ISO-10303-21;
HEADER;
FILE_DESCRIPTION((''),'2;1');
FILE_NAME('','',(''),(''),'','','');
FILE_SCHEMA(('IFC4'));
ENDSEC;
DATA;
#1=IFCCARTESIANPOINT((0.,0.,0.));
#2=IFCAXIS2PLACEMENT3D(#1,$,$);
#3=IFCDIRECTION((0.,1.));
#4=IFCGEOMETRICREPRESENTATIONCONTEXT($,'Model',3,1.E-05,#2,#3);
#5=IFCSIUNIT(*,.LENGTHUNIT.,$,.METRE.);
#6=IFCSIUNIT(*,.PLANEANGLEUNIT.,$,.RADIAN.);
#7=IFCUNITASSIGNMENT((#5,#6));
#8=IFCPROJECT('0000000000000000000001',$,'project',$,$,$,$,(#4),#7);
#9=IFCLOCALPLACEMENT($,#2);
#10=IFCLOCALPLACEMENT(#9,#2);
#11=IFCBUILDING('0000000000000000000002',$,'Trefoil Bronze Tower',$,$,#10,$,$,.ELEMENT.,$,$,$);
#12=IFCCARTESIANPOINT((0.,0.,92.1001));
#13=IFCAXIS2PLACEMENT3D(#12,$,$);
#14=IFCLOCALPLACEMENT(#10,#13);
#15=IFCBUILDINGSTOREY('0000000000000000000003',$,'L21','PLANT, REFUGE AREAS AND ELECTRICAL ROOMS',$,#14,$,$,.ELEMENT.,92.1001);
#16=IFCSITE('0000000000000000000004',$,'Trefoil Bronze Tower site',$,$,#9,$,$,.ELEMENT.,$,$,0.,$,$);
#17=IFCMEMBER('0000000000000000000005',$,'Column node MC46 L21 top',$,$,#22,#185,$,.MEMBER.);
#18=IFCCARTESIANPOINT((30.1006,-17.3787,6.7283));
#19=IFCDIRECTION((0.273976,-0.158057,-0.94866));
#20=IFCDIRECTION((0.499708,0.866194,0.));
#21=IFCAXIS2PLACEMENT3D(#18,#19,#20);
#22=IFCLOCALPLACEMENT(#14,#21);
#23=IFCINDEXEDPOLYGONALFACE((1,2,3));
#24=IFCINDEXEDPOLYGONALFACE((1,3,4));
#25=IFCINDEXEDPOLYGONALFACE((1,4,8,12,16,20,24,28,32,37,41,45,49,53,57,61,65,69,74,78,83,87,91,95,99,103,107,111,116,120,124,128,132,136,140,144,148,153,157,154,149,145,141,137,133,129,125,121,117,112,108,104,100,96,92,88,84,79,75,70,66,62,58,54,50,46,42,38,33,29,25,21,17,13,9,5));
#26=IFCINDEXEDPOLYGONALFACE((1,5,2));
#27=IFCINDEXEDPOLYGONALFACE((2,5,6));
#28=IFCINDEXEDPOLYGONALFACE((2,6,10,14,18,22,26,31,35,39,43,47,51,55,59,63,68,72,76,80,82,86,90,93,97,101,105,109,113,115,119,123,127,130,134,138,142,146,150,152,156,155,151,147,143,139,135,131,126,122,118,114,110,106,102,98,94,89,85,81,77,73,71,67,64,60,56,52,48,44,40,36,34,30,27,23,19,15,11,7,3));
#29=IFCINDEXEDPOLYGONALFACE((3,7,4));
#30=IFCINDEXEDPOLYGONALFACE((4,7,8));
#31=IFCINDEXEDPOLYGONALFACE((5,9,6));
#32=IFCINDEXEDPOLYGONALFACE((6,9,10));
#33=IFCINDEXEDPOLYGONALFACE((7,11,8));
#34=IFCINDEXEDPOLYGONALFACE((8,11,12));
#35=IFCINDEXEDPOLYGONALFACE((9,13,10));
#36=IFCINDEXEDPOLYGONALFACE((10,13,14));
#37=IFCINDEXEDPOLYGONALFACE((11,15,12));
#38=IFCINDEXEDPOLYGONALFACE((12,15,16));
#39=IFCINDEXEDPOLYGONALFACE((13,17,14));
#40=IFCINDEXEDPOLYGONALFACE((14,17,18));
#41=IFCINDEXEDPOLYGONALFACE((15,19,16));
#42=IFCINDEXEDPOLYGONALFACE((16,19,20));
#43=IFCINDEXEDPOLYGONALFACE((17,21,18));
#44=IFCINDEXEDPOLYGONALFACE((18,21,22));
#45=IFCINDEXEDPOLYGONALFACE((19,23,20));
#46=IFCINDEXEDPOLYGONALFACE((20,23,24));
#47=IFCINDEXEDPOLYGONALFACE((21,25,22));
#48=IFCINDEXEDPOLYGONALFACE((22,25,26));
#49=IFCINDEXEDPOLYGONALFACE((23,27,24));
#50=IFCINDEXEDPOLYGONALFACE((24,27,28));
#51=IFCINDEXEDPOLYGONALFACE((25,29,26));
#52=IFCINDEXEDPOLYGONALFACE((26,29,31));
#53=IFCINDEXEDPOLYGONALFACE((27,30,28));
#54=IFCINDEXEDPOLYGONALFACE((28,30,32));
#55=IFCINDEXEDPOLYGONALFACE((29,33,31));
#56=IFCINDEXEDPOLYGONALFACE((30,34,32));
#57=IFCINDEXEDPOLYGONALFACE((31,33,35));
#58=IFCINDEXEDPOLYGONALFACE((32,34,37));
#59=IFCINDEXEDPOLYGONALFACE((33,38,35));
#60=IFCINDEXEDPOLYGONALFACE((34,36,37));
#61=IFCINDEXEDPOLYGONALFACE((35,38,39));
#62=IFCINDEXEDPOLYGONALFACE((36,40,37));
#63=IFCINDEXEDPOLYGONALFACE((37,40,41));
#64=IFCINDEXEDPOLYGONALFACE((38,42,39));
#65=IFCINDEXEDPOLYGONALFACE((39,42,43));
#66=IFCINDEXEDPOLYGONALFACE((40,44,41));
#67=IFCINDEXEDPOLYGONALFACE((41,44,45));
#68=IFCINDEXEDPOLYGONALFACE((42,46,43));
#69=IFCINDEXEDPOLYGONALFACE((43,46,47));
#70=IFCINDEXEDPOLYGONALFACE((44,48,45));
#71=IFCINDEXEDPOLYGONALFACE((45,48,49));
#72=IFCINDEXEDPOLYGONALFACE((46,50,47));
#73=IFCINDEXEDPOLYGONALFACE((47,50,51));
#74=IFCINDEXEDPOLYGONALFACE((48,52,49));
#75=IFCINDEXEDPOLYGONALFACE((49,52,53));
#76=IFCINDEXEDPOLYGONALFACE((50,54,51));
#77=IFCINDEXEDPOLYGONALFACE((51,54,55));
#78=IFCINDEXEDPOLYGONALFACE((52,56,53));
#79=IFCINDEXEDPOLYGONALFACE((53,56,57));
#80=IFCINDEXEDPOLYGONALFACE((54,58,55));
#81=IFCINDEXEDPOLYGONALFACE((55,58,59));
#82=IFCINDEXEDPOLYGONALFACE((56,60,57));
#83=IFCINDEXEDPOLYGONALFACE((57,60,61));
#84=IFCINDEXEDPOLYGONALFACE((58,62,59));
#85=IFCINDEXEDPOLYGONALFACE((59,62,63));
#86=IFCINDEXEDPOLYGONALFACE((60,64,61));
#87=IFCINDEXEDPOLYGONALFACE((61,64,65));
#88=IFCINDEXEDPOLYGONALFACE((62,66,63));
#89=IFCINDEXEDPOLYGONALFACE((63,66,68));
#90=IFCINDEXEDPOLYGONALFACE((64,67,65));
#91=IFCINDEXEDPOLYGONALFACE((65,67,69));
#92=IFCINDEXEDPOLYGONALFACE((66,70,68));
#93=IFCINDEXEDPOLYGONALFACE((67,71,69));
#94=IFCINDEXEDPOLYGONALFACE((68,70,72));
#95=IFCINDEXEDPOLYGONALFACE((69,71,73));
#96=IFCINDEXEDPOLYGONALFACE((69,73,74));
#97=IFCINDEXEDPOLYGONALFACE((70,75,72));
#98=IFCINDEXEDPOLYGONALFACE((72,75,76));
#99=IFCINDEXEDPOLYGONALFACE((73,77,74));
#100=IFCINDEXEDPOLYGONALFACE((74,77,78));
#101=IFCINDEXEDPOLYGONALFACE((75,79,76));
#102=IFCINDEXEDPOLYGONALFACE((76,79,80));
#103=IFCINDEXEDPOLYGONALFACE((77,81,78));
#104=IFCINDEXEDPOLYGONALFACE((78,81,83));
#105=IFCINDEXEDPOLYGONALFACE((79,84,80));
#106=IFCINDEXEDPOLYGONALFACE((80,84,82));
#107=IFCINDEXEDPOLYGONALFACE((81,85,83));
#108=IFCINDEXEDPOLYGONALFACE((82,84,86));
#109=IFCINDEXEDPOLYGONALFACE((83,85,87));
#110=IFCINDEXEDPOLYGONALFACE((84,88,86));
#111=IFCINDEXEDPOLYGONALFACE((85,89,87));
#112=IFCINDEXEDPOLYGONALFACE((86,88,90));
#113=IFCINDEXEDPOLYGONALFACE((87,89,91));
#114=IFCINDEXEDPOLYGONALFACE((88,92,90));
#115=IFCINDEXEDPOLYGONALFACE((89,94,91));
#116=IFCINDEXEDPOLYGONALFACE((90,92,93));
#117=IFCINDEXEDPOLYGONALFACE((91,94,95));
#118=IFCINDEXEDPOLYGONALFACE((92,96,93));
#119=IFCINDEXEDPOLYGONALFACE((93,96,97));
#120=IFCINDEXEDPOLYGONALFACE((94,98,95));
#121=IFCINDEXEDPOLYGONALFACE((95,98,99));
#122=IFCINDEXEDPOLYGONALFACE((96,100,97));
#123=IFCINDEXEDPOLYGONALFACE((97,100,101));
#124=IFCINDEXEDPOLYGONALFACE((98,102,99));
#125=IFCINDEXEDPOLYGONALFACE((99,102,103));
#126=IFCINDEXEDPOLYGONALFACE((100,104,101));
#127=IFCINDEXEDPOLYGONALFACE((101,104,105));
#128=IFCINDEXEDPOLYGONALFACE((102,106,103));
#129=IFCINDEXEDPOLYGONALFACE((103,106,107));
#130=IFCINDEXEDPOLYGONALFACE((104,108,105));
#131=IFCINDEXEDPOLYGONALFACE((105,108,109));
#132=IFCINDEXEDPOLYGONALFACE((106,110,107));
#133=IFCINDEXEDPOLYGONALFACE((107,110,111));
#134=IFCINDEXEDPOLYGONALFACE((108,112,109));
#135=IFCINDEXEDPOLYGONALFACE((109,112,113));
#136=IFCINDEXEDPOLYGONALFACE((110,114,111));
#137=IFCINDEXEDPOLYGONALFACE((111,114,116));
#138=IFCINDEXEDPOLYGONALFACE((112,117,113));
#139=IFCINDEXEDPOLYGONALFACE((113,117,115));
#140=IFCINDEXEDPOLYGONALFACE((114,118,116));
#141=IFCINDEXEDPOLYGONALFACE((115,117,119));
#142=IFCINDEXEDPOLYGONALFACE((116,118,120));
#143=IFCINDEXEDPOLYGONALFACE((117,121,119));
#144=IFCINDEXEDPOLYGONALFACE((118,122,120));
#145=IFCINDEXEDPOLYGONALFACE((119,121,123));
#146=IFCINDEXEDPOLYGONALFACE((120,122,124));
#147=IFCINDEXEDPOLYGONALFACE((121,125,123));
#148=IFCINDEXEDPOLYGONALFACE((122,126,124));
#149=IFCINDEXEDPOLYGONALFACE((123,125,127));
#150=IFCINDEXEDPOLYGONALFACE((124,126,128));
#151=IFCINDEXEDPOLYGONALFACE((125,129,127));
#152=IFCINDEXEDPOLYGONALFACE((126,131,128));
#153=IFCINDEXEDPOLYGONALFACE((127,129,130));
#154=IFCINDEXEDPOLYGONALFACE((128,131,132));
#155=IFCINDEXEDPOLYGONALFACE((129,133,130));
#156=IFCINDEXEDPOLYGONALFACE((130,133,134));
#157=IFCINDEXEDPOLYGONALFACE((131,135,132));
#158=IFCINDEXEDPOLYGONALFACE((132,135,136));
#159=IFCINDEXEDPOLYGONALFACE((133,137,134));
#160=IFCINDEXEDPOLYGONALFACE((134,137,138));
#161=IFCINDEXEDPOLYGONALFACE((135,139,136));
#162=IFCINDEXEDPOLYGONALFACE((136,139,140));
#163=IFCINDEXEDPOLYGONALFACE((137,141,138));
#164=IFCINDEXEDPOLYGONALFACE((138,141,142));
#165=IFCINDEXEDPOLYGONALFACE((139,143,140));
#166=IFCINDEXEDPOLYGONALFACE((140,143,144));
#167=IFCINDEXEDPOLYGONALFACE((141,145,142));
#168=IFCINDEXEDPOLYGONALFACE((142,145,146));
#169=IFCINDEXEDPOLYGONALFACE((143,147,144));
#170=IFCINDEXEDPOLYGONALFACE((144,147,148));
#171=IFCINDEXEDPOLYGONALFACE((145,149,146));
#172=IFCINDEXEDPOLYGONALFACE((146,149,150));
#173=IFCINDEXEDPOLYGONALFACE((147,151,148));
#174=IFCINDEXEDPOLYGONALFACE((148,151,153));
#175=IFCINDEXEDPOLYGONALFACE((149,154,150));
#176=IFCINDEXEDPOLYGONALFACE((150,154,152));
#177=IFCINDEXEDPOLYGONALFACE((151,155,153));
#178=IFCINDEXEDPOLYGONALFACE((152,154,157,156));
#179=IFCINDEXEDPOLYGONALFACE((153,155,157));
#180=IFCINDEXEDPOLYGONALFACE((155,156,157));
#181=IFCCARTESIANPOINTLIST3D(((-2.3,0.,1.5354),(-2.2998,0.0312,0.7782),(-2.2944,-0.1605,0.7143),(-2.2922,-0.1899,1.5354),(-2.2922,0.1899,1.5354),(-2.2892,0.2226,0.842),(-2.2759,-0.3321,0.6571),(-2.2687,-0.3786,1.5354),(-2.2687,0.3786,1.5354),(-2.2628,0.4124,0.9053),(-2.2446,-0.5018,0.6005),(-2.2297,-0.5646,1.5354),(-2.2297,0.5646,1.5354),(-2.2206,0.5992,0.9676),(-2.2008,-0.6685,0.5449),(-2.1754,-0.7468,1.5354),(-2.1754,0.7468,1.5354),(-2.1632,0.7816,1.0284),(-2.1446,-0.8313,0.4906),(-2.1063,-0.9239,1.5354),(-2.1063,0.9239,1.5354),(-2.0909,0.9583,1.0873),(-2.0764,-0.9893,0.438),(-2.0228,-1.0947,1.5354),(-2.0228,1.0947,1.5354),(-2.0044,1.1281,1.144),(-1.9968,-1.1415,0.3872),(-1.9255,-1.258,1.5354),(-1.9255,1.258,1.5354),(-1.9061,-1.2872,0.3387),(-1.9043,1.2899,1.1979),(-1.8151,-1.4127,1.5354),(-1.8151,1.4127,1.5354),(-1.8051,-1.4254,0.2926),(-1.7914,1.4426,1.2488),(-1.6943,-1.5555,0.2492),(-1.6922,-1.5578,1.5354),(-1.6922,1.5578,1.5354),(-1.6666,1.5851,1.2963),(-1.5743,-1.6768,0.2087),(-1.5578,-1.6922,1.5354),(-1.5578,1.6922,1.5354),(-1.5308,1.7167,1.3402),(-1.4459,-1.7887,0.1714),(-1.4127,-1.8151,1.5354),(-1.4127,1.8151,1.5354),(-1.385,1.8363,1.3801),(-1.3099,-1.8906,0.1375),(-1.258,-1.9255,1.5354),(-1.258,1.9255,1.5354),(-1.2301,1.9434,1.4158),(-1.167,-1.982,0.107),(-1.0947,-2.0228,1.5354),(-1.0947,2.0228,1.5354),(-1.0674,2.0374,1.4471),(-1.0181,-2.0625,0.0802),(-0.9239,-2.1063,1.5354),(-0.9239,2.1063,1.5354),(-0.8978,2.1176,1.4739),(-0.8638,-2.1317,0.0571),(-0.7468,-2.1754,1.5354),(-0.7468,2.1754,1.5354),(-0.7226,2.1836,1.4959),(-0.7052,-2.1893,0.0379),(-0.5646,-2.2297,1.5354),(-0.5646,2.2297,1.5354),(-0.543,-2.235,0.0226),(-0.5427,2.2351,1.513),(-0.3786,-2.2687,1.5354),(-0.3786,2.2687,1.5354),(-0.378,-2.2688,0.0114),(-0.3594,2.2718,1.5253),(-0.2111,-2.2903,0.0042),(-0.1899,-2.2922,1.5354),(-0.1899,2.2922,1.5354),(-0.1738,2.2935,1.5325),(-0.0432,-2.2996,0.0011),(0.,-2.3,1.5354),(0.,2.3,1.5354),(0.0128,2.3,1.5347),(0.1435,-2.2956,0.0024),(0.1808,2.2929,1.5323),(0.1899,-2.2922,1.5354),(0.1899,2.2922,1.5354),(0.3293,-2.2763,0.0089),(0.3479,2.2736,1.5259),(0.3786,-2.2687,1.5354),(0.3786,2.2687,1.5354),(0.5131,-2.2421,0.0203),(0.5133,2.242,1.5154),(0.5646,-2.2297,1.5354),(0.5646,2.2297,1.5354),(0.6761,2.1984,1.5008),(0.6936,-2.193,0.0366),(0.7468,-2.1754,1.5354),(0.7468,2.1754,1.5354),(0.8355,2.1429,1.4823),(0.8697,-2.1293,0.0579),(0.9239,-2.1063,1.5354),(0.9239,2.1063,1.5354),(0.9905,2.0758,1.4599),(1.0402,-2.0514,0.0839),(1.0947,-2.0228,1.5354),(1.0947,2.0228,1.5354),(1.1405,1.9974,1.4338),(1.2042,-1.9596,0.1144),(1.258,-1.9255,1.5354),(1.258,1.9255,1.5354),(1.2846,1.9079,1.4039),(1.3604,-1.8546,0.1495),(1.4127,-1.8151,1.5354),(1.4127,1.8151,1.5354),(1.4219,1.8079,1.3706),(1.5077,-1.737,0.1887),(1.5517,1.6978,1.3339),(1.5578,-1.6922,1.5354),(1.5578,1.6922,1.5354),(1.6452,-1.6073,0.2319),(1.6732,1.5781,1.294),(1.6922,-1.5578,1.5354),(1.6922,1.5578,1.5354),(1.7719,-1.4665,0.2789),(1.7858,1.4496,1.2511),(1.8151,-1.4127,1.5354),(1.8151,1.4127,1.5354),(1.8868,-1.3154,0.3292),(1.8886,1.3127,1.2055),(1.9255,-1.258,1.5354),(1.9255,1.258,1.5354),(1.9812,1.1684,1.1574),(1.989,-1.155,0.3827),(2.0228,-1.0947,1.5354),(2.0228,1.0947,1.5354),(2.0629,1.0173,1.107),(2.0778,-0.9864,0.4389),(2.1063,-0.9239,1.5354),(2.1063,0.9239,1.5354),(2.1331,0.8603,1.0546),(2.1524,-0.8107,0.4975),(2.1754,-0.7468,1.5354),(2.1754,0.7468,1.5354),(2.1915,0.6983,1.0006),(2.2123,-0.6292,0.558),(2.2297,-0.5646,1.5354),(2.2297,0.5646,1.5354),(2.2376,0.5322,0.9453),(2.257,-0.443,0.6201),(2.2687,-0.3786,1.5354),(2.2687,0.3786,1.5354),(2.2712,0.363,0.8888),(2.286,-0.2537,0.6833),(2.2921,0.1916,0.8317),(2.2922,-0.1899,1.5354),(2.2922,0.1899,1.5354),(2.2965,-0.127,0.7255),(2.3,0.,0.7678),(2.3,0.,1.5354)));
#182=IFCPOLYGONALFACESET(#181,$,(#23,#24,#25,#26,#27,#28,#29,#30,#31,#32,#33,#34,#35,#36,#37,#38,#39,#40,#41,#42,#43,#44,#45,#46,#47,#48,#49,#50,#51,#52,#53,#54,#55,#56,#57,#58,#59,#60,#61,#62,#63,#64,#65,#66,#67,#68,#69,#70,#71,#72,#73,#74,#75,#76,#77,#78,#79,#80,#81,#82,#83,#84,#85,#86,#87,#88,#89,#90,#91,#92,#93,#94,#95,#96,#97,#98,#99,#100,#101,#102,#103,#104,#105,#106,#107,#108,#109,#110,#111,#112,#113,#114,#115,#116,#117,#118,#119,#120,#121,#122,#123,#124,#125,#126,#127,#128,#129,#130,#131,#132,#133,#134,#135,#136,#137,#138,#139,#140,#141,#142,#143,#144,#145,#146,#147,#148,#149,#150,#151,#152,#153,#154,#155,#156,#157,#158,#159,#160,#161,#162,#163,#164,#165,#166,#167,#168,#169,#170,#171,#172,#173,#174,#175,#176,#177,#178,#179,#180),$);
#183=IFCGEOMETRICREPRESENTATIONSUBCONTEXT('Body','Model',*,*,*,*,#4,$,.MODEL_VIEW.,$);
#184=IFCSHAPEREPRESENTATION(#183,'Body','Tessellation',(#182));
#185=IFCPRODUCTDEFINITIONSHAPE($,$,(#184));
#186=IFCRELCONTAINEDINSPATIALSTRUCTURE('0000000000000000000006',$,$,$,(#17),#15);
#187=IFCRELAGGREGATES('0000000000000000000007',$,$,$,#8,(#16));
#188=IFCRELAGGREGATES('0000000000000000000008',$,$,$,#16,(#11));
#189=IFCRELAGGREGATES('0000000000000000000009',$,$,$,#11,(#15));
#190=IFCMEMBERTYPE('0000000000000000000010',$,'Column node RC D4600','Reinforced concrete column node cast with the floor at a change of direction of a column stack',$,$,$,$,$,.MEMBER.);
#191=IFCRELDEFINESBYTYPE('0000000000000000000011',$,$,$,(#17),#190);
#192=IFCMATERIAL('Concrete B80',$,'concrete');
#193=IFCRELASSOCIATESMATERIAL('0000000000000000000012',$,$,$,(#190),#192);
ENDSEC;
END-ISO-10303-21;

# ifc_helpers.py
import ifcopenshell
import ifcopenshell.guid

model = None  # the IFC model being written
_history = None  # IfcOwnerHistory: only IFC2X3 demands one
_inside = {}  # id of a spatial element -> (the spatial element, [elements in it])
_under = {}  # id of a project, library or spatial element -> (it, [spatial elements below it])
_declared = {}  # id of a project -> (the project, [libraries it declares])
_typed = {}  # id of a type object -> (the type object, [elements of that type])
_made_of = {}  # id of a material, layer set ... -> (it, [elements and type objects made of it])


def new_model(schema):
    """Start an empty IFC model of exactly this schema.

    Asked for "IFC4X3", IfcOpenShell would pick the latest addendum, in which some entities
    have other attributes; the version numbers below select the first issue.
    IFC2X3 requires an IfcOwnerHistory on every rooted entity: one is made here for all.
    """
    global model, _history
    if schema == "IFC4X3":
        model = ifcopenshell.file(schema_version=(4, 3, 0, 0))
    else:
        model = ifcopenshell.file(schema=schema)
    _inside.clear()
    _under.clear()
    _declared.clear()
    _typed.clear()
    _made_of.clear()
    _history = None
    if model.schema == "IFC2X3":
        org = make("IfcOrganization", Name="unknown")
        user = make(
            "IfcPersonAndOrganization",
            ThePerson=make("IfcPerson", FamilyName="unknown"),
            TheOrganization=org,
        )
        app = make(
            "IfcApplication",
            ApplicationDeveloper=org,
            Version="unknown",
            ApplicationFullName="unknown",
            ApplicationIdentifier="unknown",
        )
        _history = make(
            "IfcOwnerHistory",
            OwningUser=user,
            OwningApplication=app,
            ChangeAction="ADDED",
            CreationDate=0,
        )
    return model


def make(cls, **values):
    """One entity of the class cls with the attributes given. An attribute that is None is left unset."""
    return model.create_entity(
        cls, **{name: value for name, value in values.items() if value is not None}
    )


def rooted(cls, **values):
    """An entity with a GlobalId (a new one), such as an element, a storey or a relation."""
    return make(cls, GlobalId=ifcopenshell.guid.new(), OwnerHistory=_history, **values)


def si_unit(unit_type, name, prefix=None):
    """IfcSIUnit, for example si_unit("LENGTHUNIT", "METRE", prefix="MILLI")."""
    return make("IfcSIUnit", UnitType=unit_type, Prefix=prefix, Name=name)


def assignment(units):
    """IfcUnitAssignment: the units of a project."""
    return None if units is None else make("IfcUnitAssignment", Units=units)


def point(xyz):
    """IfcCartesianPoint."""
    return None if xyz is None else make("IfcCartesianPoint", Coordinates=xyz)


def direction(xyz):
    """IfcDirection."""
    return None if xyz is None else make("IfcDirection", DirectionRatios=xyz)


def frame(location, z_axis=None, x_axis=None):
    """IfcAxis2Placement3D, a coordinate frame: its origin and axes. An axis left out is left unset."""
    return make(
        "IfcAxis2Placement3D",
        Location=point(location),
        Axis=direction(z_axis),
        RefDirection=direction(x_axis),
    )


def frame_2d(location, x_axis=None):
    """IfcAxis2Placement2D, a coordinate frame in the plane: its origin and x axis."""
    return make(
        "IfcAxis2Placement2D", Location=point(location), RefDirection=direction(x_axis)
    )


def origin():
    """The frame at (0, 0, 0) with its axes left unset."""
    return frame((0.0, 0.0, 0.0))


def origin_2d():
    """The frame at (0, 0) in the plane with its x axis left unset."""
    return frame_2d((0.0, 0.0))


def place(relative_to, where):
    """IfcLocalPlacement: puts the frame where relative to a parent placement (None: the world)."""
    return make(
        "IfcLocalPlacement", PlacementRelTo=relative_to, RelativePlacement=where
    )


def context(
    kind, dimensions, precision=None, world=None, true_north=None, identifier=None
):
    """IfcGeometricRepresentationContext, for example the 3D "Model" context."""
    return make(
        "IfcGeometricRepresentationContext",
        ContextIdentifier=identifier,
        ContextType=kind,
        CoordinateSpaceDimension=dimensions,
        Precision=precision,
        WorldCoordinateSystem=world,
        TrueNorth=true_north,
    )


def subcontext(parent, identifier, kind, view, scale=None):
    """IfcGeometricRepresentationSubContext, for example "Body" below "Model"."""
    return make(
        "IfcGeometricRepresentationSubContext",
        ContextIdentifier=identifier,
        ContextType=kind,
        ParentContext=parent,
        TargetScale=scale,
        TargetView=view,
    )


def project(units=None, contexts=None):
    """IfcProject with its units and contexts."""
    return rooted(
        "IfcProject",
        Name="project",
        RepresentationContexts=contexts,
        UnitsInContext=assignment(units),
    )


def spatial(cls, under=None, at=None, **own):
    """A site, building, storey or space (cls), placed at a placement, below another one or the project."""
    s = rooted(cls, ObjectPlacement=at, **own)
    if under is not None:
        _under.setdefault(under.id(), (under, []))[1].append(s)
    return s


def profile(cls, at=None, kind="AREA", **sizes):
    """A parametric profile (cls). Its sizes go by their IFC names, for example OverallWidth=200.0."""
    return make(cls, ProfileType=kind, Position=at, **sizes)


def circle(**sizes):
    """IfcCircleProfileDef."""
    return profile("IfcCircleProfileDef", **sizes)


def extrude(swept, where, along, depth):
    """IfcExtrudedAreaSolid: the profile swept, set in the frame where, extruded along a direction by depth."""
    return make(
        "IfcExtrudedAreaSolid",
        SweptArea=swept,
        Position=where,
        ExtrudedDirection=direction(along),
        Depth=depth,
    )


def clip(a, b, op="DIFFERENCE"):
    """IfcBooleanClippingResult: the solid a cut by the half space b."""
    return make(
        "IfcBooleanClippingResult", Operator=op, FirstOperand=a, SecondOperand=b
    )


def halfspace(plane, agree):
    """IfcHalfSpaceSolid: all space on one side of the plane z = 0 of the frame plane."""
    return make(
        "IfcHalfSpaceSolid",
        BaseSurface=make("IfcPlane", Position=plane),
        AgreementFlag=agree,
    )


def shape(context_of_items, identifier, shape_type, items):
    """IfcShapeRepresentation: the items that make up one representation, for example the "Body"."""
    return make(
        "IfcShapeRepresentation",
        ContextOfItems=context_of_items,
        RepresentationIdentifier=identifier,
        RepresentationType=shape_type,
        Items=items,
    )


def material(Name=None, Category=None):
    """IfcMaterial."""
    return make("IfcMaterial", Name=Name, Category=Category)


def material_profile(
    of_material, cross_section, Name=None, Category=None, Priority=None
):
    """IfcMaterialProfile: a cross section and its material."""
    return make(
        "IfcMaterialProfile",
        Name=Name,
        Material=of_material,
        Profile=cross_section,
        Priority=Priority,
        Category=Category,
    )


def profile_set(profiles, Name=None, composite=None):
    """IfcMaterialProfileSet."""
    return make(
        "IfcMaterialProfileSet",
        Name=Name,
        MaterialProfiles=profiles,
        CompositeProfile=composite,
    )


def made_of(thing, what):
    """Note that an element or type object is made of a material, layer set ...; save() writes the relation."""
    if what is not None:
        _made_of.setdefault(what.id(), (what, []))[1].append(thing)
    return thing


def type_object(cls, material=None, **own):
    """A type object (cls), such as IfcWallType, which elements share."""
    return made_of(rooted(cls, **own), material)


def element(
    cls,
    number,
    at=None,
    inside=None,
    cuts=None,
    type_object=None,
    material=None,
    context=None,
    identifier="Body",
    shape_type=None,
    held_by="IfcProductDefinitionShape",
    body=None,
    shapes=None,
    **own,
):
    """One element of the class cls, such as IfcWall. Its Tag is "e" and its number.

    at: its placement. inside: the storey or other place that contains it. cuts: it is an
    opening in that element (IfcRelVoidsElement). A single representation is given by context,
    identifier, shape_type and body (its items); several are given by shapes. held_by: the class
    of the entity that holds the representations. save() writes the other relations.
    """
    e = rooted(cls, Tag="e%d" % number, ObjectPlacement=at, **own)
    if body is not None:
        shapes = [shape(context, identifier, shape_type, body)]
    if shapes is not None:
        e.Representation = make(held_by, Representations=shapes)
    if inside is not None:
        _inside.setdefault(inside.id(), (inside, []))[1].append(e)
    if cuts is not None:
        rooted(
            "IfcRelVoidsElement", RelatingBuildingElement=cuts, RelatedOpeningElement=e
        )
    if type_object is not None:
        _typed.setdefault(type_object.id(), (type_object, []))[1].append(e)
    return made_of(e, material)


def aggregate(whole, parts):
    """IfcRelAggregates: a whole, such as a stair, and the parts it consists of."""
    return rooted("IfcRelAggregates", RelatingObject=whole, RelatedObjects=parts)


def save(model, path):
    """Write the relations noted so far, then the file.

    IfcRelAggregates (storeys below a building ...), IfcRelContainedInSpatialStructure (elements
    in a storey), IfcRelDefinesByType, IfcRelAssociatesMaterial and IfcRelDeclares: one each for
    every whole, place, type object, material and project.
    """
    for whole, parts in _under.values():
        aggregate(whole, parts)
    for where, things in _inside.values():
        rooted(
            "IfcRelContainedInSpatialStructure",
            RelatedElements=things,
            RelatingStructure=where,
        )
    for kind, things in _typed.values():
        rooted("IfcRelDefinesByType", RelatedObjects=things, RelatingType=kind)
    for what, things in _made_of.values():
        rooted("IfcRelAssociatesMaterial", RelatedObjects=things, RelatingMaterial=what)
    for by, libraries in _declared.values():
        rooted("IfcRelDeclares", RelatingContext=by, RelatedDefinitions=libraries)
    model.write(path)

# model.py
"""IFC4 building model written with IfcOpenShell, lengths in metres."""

from ifc_helpers import new_model, si_unit, direction, frame, origin, origin_2d, place, context, subcontext, project, spatial, circle, extrude, clip, halfspace, material, material_profile, profile_set, type_object, element, save


model = new_model("IFC4")

# Units and contexts
model_context = context("Model", 3, precision=1e-05, world=origin(), true_north=direction((0.0, 1.0)))
body_context = subcontext(model_context, "Body", "Model", "MODEL_VIEW")
ifc_project = project(units=[si_unit("LENGTHUNIT", "METRE"), si_unit("PLANEANGLEUNIT", "RADIAN")], contexts=[model_context])

# Site, building, storey
site_placement = place(None, origin())
site = spatial("IfcSite", under=ifc_project, at=site_placement, Name="Trefoil Bronze Tower site", CompositionType="ELEMENT", RefElevation=0.0)
building_placement = place(site_placement, origin())
building = spatial("IfcBuilding", under=site, at=building_placement, Name="Trefoil Bronze Tower", CompositionType="ELEMENT")
storey_placement = place(building_placement, frame((0.0, 0.0, 92.1001)))
storey = spatial("IfcBuildingStorey", under=building, at=storey_placement, Name="L21", Description="PLANT, REFUGE AREAS AND ELECTRICAL ROOMS", CompositionType="ELEMENT", Elevation=92.1001)

# Member
ifc_material_1 = material(Name="Concrete B80", Category="concrete")
ifc_material_profile_1 = material_profile(ifc_material_1, circle(Radius=2.3, at=origin_2d()), Name="RC D4600")
ifc_profile_set_1 = profile_set([ifc_material_profile_1], Name="Concrete B80")
member_type = type_object("IfcMemberType", Name="Column node RC D4600", Description="Reinforced concrete column node cast with the floor at a change of direction of a column stack", PredefinedType="MEMBER", material=ifc_profile_set_1)
member_1_placement = place(storey_placement, frame((30.1006, -17.3787, 6.7283), z_axis=(0.273976, -0.158057, -0.94866), x_axis=(0.499708, 0.866194, 0.0)))
element("IfcMember", 1, at=member_1_placement, inside=storey, type_object=member_type, Name="Column node MC46 L21 top", PredefinedType="MEMBER", context=body_context, shape_type="Clipping", body=[
    clip(extrude(circle(Radius=2.3, at=origin_2d()), origin(), (0.0, 0.0, 1.0), 1.5354), halfspace(frame((0.0, 0.0, 0.7678), z_axis=(0.0, -0.316299, 0.94866), x_axis=(0.0, 0.94866, 0.316299)), True)),
])

save(model, "model.ifc")
